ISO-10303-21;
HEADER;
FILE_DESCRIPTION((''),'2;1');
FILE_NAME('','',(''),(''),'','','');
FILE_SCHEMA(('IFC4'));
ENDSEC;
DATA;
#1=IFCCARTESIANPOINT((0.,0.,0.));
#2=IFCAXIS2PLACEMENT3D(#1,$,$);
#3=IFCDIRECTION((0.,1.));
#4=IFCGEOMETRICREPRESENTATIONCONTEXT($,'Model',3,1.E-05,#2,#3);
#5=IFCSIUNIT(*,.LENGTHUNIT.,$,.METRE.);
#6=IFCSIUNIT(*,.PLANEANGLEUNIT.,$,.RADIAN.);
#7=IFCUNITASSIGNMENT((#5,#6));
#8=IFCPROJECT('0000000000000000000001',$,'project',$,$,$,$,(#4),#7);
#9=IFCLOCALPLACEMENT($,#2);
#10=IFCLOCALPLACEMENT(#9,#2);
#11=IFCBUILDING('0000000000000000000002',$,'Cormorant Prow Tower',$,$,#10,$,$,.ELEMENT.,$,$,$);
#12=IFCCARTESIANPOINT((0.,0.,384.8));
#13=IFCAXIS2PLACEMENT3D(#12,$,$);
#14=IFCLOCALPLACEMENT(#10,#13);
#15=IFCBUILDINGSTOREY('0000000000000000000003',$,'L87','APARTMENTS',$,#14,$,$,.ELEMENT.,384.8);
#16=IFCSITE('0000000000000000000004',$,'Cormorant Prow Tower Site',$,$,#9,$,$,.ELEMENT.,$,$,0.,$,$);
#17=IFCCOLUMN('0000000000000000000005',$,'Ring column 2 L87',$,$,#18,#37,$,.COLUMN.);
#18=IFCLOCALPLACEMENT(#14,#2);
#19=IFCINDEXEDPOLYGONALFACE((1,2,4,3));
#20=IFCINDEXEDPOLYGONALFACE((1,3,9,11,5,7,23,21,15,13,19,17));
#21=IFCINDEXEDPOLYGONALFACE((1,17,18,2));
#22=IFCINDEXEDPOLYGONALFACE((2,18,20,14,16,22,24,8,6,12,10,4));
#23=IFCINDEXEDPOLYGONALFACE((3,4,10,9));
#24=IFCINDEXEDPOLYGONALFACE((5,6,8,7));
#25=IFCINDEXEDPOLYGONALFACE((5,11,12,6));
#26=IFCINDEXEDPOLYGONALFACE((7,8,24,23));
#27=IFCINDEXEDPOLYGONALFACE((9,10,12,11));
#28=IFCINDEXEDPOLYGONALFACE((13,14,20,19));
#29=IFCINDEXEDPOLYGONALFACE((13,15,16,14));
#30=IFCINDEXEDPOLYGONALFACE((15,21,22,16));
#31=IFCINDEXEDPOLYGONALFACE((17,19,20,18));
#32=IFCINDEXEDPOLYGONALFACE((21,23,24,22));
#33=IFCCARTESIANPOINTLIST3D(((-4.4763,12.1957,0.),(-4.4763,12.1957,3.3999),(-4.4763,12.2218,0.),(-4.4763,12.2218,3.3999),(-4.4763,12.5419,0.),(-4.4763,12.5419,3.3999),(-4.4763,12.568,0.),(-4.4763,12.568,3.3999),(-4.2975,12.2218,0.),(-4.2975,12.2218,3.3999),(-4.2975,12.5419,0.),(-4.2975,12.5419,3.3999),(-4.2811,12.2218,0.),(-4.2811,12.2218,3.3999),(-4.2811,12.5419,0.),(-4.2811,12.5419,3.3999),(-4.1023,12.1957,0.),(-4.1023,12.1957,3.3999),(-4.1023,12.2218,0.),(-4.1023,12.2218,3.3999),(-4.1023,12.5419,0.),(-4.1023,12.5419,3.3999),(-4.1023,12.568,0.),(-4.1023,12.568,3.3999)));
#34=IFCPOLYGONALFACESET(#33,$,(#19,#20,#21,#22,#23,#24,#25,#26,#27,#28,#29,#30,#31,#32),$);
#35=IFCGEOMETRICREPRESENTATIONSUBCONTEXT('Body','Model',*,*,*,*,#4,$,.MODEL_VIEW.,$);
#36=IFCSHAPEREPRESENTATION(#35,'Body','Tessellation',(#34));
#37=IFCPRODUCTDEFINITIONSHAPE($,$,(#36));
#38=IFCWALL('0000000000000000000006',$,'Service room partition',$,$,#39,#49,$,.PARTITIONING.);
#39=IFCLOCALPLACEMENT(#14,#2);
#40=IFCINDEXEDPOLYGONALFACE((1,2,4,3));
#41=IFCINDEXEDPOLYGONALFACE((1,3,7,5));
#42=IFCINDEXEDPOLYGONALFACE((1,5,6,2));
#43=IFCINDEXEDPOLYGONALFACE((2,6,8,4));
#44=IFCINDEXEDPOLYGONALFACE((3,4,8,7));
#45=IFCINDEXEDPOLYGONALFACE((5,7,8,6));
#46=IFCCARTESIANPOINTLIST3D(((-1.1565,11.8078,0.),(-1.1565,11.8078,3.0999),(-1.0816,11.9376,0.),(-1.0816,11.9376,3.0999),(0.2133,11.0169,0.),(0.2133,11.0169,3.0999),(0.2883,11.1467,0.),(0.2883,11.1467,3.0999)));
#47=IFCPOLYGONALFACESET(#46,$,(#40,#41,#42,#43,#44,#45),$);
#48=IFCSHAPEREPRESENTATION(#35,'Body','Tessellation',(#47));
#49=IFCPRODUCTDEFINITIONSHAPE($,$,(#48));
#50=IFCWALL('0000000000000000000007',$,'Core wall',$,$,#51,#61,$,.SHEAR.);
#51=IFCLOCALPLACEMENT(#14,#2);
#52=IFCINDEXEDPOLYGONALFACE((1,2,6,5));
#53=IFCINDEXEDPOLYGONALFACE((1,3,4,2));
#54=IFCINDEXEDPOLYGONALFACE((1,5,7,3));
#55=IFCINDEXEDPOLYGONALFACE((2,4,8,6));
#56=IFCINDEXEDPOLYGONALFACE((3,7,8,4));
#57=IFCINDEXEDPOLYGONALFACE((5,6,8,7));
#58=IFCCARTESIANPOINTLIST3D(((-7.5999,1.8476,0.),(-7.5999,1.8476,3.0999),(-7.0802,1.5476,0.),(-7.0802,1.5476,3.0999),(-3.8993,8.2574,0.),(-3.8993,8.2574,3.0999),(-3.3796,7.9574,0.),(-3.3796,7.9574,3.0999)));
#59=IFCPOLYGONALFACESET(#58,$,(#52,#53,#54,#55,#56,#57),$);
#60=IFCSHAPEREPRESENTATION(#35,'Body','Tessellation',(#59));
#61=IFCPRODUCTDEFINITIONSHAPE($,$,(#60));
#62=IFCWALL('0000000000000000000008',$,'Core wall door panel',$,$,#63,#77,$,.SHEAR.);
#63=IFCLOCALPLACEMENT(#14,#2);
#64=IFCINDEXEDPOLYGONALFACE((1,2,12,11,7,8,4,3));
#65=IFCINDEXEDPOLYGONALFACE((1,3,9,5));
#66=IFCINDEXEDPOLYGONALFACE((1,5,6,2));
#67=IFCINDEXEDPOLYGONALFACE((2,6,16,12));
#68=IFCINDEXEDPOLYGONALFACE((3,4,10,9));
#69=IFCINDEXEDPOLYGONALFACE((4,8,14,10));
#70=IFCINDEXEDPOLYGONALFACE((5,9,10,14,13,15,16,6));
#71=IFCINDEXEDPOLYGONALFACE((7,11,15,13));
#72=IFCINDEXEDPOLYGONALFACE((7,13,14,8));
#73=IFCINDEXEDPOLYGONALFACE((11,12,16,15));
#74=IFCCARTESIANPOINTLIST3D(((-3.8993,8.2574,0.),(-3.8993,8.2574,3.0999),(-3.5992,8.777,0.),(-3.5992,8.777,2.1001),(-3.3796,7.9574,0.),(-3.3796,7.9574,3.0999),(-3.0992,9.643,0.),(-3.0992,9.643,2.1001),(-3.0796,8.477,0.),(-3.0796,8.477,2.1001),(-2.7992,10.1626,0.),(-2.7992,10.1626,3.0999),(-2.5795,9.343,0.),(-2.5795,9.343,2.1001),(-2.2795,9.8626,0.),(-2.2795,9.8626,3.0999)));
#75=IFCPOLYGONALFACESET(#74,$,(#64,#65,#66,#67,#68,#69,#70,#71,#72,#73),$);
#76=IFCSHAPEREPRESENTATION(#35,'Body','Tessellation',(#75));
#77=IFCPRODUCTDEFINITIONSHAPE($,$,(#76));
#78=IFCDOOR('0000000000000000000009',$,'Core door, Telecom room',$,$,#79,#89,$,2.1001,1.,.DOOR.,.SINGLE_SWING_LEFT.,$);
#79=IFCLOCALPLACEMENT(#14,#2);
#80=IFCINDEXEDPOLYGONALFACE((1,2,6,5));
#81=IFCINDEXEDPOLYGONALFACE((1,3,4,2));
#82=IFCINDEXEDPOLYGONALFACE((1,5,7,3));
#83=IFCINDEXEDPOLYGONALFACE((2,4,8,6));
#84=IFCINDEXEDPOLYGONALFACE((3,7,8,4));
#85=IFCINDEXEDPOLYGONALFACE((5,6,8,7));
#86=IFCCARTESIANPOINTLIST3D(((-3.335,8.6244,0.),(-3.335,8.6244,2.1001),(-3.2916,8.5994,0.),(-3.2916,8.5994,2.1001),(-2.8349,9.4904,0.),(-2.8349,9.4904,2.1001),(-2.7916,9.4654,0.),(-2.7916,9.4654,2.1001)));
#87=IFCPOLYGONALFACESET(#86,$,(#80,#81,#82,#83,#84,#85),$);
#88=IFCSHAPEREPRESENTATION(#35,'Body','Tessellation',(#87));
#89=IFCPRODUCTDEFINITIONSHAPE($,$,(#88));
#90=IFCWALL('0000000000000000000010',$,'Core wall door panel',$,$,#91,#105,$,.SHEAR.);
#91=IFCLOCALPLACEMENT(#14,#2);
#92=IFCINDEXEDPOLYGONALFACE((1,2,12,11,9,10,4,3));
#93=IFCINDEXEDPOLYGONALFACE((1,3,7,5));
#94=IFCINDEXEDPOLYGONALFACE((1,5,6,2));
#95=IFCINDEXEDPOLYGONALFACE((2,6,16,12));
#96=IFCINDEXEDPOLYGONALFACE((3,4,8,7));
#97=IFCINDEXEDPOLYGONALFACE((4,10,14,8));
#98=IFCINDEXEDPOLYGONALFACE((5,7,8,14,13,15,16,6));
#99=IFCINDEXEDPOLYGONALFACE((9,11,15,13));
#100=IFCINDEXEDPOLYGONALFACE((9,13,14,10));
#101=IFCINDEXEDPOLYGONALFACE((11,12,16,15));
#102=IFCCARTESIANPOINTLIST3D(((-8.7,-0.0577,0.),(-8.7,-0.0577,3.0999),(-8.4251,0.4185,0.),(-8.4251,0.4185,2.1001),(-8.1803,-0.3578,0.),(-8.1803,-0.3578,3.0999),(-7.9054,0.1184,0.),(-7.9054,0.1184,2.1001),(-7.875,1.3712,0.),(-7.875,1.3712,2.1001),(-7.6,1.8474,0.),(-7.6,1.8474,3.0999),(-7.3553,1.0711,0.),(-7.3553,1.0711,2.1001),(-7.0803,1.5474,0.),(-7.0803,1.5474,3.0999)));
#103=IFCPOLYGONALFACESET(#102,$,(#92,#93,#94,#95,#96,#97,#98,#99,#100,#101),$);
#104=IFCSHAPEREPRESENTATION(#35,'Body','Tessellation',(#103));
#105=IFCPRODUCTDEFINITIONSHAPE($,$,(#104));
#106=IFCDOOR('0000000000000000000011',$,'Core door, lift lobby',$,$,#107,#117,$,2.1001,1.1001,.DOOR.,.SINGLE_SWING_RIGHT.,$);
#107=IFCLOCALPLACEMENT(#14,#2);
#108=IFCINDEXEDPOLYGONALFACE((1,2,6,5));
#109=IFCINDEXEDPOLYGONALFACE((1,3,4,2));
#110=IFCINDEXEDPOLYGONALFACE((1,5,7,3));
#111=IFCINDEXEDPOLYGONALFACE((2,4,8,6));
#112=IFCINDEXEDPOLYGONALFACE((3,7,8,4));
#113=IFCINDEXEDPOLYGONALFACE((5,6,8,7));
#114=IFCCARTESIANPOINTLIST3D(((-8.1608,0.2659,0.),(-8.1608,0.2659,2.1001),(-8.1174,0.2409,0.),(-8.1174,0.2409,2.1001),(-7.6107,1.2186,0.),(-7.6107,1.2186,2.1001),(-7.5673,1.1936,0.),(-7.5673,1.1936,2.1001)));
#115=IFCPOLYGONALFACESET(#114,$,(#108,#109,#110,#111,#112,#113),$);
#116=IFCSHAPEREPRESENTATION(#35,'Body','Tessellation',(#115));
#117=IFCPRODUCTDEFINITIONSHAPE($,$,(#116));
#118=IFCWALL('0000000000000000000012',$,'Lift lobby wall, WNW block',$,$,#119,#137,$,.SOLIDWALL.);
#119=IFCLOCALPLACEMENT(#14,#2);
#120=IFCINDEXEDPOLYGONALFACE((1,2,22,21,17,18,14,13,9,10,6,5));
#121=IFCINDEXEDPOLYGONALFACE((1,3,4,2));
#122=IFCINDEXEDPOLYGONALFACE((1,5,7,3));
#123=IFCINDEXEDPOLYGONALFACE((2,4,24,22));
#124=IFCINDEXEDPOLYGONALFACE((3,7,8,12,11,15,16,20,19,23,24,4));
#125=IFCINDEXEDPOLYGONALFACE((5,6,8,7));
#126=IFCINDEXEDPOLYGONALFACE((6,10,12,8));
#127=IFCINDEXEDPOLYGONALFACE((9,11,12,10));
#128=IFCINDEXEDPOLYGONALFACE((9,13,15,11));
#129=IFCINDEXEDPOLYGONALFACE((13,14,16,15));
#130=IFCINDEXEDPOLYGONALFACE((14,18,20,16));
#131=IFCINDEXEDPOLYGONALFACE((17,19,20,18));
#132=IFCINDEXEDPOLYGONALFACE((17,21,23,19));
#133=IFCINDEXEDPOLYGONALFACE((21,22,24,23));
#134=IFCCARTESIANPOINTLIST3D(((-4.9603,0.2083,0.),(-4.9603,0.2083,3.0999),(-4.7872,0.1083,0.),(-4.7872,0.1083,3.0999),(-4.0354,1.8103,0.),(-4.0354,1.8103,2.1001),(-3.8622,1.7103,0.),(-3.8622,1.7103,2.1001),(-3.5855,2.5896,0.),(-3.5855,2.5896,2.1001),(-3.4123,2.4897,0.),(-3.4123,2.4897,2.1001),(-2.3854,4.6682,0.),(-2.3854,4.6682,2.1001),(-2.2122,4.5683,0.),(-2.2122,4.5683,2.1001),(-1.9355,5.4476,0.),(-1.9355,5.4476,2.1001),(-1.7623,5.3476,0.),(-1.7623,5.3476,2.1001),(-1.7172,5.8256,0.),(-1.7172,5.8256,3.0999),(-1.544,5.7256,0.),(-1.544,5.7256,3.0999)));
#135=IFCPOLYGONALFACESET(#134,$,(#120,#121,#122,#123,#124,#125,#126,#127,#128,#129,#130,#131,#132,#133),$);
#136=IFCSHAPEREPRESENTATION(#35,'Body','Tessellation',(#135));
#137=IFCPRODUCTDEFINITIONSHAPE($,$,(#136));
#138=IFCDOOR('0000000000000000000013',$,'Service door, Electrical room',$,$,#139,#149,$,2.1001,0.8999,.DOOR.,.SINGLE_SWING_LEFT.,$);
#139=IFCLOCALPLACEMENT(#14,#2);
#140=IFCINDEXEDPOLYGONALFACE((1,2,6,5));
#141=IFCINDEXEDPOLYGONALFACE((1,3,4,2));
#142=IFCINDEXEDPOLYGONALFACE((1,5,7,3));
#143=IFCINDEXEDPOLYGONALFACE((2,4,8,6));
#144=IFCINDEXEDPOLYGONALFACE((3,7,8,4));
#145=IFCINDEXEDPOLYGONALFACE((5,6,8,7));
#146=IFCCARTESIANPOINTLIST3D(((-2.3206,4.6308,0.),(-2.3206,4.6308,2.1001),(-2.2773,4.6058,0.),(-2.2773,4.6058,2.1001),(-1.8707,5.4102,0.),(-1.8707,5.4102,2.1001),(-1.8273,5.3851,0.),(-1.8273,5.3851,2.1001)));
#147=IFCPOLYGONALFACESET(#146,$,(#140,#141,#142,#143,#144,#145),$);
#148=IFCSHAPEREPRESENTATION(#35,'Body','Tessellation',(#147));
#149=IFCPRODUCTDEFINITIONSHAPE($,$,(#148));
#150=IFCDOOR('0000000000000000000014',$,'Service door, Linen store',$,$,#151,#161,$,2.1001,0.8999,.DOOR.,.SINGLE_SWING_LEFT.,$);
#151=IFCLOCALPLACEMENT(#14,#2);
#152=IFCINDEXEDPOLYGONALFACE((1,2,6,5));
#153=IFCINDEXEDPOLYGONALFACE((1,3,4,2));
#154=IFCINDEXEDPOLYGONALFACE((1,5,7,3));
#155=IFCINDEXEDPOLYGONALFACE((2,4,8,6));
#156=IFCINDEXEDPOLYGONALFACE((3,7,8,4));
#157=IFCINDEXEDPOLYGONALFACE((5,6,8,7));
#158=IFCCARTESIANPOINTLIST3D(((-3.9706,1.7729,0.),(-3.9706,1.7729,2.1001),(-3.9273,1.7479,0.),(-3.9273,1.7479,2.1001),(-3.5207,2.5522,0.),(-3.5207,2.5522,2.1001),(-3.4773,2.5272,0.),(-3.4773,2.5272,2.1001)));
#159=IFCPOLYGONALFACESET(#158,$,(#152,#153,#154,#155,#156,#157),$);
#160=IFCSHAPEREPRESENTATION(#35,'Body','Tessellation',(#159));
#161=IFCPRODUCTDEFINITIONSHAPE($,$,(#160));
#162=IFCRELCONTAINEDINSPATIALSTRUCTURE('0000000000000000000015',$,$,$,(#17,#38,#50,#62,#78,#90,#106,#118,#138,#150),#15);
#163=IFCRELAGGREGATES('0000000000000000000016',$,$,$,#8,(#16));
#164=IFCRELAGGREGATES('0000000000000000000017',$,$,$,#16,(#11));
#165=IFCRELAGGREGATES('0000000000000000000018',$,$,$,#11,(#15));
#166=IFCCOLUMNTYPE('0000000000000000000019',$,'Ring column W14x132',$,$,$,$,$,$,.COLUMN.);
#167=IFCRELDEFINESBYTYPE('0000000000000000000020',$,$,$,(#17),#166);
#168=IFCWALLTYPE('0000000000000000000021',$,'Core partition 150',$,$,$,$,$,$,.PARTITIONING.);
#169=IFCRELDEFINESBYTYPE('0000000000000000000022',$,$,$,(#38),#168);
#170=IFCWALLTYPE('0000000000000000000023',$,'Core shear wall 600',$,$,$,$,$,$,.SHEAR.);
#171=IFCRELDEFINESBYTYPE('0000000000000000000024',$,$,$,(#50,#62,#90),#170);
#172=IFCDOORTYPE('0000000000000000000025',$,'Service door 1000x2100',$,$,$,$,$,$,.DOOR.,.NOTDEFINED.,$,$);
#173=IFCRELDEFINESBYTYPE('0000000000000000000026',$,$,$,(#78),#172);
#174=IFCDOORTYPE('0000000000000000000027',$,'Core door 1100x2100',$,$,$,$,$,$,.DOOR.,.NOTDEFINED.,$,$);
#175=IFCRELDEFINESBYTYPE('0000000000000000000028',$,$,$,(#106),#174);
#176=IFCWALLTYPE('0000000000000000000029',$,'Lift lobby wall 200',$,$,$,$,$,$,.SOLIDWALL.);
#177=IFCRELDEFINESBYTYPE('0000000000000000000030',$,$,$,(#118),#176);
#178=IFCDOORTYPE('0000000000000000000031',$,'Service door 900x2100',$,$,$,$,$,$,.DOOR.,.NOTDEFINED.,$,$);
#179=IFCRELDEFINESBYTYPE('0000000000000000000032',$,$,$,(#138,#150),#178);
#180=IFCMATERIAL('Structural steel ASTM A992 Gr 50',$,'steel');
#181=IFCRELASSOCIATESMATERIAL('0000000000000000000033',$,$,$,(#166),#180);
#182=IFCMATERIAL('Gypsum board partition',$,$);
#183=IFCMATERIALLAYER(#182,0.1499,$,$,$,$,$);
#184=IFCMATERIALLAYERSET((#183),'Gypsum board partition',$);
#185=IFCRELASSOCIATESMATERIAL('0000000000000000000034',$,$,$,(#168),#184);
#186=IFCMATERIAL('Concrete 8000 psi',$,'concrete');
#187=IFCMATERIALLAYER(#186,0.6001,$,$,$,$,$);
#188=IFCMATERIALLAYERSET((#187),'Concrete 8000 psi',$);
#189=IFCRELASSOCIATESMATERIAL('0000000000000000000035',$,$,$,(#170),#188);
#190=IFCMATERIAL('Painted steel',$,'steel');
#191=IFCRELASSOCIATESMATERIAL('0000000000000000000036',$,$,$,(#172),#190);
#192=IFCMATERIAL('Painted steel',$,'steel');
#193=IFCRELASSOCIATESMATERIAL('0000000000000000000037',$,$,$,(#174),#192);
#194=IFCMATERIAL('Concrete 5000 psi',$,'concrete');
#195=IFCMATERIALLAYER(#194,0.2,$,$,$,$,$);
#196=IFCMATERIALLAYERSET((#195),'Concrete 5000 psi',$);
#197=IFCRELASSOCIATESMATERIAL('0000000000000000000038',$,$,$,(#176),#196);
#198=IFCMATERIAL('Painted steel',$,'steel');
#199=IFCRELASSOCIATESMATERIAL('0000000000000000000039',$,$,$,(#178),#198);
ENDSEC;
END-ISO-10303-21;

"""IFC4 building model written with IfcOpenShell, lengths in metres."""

from ifc_helpers import new_model, si_unit, direction, frame, frame_2d, origin, origin_2d, place, context, subcontext, project, spatial, rectangle, i_section, extrude, material, layer, layer_set, material_profile, profile_set, type_object, element, fill, save


model = new_model("IFC4")

# Units and contexts
model_context = context("Model", 3, precision=1e-05, world=origin(), true_north=direction((0.0, 1.0)))
body_context = subcontext(model_context, "Body", "Model", "MODEL_VIEW")
ifc_project = project(units=[si_unit("LENGTHUNIT", "METRE"), si_unit("PLANEANGLEUNIT", "RADIAN")], contexts=[model_context])

# Site, building, storey
site_placement = place(None, origin())
site = spatial("IfcSite", under=ifc_project, at=site_placement, Name="Cormorant Prow Tower Site", CompositionType="ELEMENT", RefElevation=0.0)
building_placement = place(site_placement, origin())
building = spatial("IfcBuilding", under=site, at=building_placement, Name="Cormorant Prow Tower", CompositionType="ELEMENT")
storey_placement = place(building_placement, frame((0.0, 0.0, 384.8)))
storey = spatial("IfcBuildingStorey", under=building, at=storey_placement, Name="L87", Description="APARTMENTS", CompositionType="ELEMENT", Elevation=384.8)

# Column
ifc_material_1 = material(Name="Structural steel ASTM A992 Gr 50", Category="steel")
ifc_material_profile = material_profile(ifc_material_1, i_section(OverallWidth=0.374, OverallDepth=0.3723, WebThickness=0.0164, FlangeThickness=0.0261, at=origin_2d()), Name="W14x132")
ifc_profile_set = profile_set([ifc_material_profile], Name="Structural steel ASTM A992 Gr 50")
column_type = type_object("IfcColumnType", Name="Ring column W14x132", PredefinedType="COLUMN", material=ifc_profile_set)
column_placement = place(storey_placement, frame((-4.2893, 12.3818, 0.0), z_axis=(0.0, 0.0, 1.0), x_axis=(1.0, 0.0, 0.0)))
element("IfcColumn", 1, at=column_placement, inside=storey, type_object=column_type, Name="Ring column 2 L87", PredefinedType="COLUMN", context=body_context, shape_type="SweptSolid", body=[
    extrude(i_section(OverallWidth=0.374, OverallDepth=0.3723, WebThickness=0.0164, FlangeThickness=0.0261, at=origin_2d()), origin(), (0.0, 0.0, 1.0), 3.3999),
])

# Walls
ifc_material_2 = material(Name="Gypsum board partition")
ifc_layer_1 = layer(ifc_material_2, 0.1499)
ifc_layer_set_1 = layer_set([ifc_layer_1], Name="Gypsum board partition")
wall_type_1 = type_object("IfcWallType", Name="Core partition 150", PredefinedType="PARTITIONING", material=ifc_layer_set_1)
wall_1_placement = place(storey_placement, frame((-1.1191, 11.8728, 0.0), z_axis=(0.0, 0.0, 1.0), x_axis=(0.865993, -0.500056, 0.0)))
element("IfcWall", 2, at=wall_1_placement, inside=storey, type_object=wall_type_1, Name="Service room partition", PredefinedType="PARTITIONING", context=body_context, shape_type="SweptSolid", body=[
    extrude(rectangle(XDim=1.5818, YDim=0.1499, at=frame_2d((0.791, 0.0))), origin(), (0.0, 0.0, 1.0), 3.0999),
])
ifc_material_3 = material(Name="Concrete 8000 psi", Category="concrete")
ifc_layer_2 = layer(ifc_material_3, 0.6001)
ifc_layer_set_2 = layer_set([ifc_layer_2], Name="Concrete 8000 psi")
wall_type_2 = type_object("IfcWallType", Name="Core shear wall 600", PredefinedType="SHEAR", material=ifc_layer_set_2)
wall_2_placement = place(storey_placement, frame((-3.6394, 8.1074, 0.0), z_axis=(0.0, 0.0, 1.0), x_axis=(-0.499992, -0.86603, 0.0)))
element("IfcWall", 3, at=wall_2_placement, inside=storey, type_object=wall_type_2, Name="Core wall", PredefinedType="SHEAR", context=body_context, shape_type="SweptSolid", body=[
    extrude(rectangle(XDim=7.4014, YDim=0.6001, at=frame_2d((3.7007, 0.0))), origin(), (0.0, 0.0, 1.0), 3.0999),
])

# Walls, openings, doors
wall_3_placement = place(storey_placement, frame((-2.5393, 10.0127, 0.0), z_axis=(0.0, 0.0, 1.0), x_axis=(-0.50003, -0.866008, 0.0)))
wall_3 = element("IfcWall", 4, at=wall_3_placement, inside=storey, type_object=wall_type_2, Name="Core wall door panel", PredefinedType="SHEAR", context=body_context, shape_type="SweptSolid", body=[
    extrude(rectangle(XDim=2.2, YDim=0.6001, at=frame_2d((1.1001, 0.0))), origin(), (0.0, 0.0, 1.0), 3.0999),
])
opening_1_placement = place(wall_3_placement, frame((0.6001, 0.0, 0.0)))
opening_1 = element("IfcOpeningElement", 5, at=opening_1_placement, cuts=wall_3, PredefinedType="OPENING", context=body_context, shape_type="SweptSolid", body=[
    extrude(rectangle(XDim=1.0, YDim=2.1001, at=frame_2d((0.5, 1.05))), frame((0.0, 0.3101, 0.0), z_axis=(0.0, -1.0, 0.0), x_axis=(1.0, 0.0, 0.0)), (0.0, 0.0, 1.0), 0.6201),
])
ifc_material_4 = material(Name="Painted steel", Category="steel")
door_type_1 = type_object("IfcDoorType", Name="Service door 1000x2100", OperationType="NOTDEFINED", PredefinedType="DOOR", material=ifc_material_4)
door_1_placement = place(opening_1_placement, origin())
door_1 = element("IfcDoor", 6, at=door_1_placement, inside=storey, type_object=door_type_1, Name="Core door, Telecom room", OperationType="SINGLE_SWING_LEFT", OverallHeight=2.1001, OverallWidth=1.0, PredefinedType="DOOR", context=body_context, shape_type="SweptSolid", body=[
    extrude(rectangle(XDim=1.0, YDim=2.1001, at=frame_2d((0.5, 1.05))), frame((0.0, 0.0552, 0.0), z_axis=(0.0, -1.0, 0.0), x_axis=(1.0, 0.0, 0.0)), (0.0, 0.0, 1.0), 0.05),
])
fill(opening_1, door_1)
wall_4_placement = place(storey_placement, frame((-7.3401, 1.6975, 0.0), z_axis=(0.0, 0.0, 1.0), x_axis=(-0.50003, -0.866008, 0.0)))
wall_4 = element("IfcWall", 7, at=wall_4_placement, inside=storey, type_object=wall_type_2, Name="Core wall door panel", PredefinedType="SHEAR", context=body_context, shape_type="SweptSolid", body=[
    extrude(rectangle(XDim=2.2, YDim=0.6001, at=frame_2d((1.1001, 0.0))), origin(), (0.0, 0.0, 1.0), 3.0999),
])
opening_2_placement = place(wall_4_placement, frame((0.55, 0.0, 0.0)))
opening_2 = element("IfcOpeningElement", 8, at=opening_2_placement, cuts=wall_4, PredefinedType="OPENING", context=body_context, shape_type="SweptSolid", body=[
    extrude(rectangle(XDim=1.1001, YDim=2.1001, at=frame_2d((0.55, 1.05))), frame((0.0, 0.3101, 0.0), z_axis=(0.0, -1.0, 0.0), x_axis=(1.0, 0.0, 0.0)), (0.0, 0.0, 1.0), 0.6201),
])
ifc_material_5 = material(Name="Painted steel", Category="steel")
door_type_2 = type_object("IfcDoorType", Name="Core door 1100x2100", OperationType="NOTDEFINED", PredefinedType="DOOR", material=ifc_material_5)
door_2_placement = place(opening_2_placement, origin())
door_2 = element("IfcDoor", 9, at=door_2_placement, inside=storey, type_object=door_type_2, Name="Core door, lift lobby", OperationType="SINGLE_SWING_RIGHT", OverallHeight=2.1001, OverallWidth=1.1001, PredefinedType="DOOR", context=body_context, shape_type="SweptSolid", body=[
    extrude(rectangle(XDim=1.1001, YDim=2.1001, at=frame_2d((0.55, 1.05))), frame((0.0, 0.0552, 0.0), z_axis=(0.0, -1.0, 0.0), x_axis=(1.0, 0.0, 0.0)), (0.0, 0.0, 1.0), 0.05),
])
fill(opening_2, door_2)

# Wall, openings, doors
ifc_material_6 = material(Name="Concrete 5000 psi", Category="concrete")
ifc_layer_3 = layer(ifc_material_6, 0.2)
ifc_layer_set_3 = layer_set([ifc_layer_3], Name="Concrete 5000 psi")
wall_type_3 = type_object("IfcWallType", Name="Lift lobby wall 200", PredefinedType="SOLIDWALL", material=ifc_layer_set_3)
wall_5_placement = place(storey_placement, frame((-1.6306, 5.7756, 0.0), z_axis=(0.0, 0.0, 1.0), x_axis=(-0.499993, -0.86603, 0.0)))
wall_5 = element("IfcWall", 10, at=wall_5_placement, inside=storey, type_object=wall_type_3, Name="Lift lobby wall, WNW block", PredefinedType="SOLIDWALL", context=body_context, shape_type="SweptSolid", body=[
    extrude(rectangle(XDim=6.4863, YDim=0.2, at=frame_2d((3.2432, 0.0))), origin(), (0.0, 0.0, 1.0), 3.0999),
])
opening_3_placement = place(wall_5_placement, frame((0.4365, 0.0, 0.0)))
opening_3 = element("IfcOpeningElement", 11, at=opening_3_placement, cuts=wall_5, PredefinedType="OPENING", context=body_context, shape_type="SweptSolid", body=[
    extrude(rectangle(XDim=0.8999, YDim=2.1001, at=frame_2d((0.45, 1.05))), frame((0.0, 0.1099, 0.0), z_axis=(0.0, -1.0, 0.0), x_axis=(1.0, 0.0, 0.0)), (0.0, 0.0, 1.0), 0.22),
])
opening_4_placement = place(wall_5_placement, frame((3.7366, 0.0, 0.0)))
opening_4 = element("IfcOpeningElement", 12, at=opening_4_placement, cuts=wall_5, PredefinedType="OPENING", context=body_context, shape_type="SweptSolid", body=[
    extrude(rectangle(XDim=0.8999, YDim=2.1001, at=frame_2d((0.45, 1.05))), frame((0.0, 0.1099, 0.0), z_axis=(0.0, -1.0, 0.0), x_axis=(1.0, 0.0, 0.0)), (0.0, 0.0, 1.0), 0.22),
])
ifc_material_7 = material(Name="Painted steel", Category="steel")
door_type_3 = type_object("IfcDoorType", Name="Service door 900x2100", OperationType="NOTDEFINED", PredefinedType="DOOR", material=ifc_material_7)
door_3_placement = place(opening_3_placement, origin())
door_3 = element("IfcDoor", 13, at=door_3_placement, inside=storey, type_object=door_type_3, Name="Service door, Electrical room", OperationType="SINGLE_SWING_LEFT", OverallHeight=2.1001, OverallWidth=0.8999, PredefinedType="DOOR", context=body_context, shape_type="SweptSolid", body=[
    extrude(rectangle(XDim=0.8999, YDim=2.1001, at=frame_2d((0.45, 1.05))), frame((0.0, 0.0249, 0.0), z_axis=(0.0, -1.0, 0.0), x_axis=(1.0, 0.0, 0.0)), (0.0, 0.0, 1.0), 0.05),
])
fill(opening_3, door_3)
door_4_placement = place(opening_4_placement, origin())
door_4 = element("IfcDoor", 14, at=door_4_placement, inside=storey, type_object=door_type_3, Name="Service door, Linen store", OperationType="SINGLE_SWING_LEFT", OverallHeight=2.1001, OverallWidth=0.8999, PredefinedType="DOOR", context=body_context, shape_type="SweptSolid", body=[
    extrude(rectangle(XDim=0.8999, YDim=2.1001, at=frame_2d((0.45, 1.05))), frame((0.0, 0.0249, 0.0), z_axis=(0.0, -1.0, 0.0), x_axis=(1.0, 0.0, 0.0)), (0.0, 0.0, 1.0), 0.05),
])
fill(opening_4, door_4)

save(model, "model.ifc")
